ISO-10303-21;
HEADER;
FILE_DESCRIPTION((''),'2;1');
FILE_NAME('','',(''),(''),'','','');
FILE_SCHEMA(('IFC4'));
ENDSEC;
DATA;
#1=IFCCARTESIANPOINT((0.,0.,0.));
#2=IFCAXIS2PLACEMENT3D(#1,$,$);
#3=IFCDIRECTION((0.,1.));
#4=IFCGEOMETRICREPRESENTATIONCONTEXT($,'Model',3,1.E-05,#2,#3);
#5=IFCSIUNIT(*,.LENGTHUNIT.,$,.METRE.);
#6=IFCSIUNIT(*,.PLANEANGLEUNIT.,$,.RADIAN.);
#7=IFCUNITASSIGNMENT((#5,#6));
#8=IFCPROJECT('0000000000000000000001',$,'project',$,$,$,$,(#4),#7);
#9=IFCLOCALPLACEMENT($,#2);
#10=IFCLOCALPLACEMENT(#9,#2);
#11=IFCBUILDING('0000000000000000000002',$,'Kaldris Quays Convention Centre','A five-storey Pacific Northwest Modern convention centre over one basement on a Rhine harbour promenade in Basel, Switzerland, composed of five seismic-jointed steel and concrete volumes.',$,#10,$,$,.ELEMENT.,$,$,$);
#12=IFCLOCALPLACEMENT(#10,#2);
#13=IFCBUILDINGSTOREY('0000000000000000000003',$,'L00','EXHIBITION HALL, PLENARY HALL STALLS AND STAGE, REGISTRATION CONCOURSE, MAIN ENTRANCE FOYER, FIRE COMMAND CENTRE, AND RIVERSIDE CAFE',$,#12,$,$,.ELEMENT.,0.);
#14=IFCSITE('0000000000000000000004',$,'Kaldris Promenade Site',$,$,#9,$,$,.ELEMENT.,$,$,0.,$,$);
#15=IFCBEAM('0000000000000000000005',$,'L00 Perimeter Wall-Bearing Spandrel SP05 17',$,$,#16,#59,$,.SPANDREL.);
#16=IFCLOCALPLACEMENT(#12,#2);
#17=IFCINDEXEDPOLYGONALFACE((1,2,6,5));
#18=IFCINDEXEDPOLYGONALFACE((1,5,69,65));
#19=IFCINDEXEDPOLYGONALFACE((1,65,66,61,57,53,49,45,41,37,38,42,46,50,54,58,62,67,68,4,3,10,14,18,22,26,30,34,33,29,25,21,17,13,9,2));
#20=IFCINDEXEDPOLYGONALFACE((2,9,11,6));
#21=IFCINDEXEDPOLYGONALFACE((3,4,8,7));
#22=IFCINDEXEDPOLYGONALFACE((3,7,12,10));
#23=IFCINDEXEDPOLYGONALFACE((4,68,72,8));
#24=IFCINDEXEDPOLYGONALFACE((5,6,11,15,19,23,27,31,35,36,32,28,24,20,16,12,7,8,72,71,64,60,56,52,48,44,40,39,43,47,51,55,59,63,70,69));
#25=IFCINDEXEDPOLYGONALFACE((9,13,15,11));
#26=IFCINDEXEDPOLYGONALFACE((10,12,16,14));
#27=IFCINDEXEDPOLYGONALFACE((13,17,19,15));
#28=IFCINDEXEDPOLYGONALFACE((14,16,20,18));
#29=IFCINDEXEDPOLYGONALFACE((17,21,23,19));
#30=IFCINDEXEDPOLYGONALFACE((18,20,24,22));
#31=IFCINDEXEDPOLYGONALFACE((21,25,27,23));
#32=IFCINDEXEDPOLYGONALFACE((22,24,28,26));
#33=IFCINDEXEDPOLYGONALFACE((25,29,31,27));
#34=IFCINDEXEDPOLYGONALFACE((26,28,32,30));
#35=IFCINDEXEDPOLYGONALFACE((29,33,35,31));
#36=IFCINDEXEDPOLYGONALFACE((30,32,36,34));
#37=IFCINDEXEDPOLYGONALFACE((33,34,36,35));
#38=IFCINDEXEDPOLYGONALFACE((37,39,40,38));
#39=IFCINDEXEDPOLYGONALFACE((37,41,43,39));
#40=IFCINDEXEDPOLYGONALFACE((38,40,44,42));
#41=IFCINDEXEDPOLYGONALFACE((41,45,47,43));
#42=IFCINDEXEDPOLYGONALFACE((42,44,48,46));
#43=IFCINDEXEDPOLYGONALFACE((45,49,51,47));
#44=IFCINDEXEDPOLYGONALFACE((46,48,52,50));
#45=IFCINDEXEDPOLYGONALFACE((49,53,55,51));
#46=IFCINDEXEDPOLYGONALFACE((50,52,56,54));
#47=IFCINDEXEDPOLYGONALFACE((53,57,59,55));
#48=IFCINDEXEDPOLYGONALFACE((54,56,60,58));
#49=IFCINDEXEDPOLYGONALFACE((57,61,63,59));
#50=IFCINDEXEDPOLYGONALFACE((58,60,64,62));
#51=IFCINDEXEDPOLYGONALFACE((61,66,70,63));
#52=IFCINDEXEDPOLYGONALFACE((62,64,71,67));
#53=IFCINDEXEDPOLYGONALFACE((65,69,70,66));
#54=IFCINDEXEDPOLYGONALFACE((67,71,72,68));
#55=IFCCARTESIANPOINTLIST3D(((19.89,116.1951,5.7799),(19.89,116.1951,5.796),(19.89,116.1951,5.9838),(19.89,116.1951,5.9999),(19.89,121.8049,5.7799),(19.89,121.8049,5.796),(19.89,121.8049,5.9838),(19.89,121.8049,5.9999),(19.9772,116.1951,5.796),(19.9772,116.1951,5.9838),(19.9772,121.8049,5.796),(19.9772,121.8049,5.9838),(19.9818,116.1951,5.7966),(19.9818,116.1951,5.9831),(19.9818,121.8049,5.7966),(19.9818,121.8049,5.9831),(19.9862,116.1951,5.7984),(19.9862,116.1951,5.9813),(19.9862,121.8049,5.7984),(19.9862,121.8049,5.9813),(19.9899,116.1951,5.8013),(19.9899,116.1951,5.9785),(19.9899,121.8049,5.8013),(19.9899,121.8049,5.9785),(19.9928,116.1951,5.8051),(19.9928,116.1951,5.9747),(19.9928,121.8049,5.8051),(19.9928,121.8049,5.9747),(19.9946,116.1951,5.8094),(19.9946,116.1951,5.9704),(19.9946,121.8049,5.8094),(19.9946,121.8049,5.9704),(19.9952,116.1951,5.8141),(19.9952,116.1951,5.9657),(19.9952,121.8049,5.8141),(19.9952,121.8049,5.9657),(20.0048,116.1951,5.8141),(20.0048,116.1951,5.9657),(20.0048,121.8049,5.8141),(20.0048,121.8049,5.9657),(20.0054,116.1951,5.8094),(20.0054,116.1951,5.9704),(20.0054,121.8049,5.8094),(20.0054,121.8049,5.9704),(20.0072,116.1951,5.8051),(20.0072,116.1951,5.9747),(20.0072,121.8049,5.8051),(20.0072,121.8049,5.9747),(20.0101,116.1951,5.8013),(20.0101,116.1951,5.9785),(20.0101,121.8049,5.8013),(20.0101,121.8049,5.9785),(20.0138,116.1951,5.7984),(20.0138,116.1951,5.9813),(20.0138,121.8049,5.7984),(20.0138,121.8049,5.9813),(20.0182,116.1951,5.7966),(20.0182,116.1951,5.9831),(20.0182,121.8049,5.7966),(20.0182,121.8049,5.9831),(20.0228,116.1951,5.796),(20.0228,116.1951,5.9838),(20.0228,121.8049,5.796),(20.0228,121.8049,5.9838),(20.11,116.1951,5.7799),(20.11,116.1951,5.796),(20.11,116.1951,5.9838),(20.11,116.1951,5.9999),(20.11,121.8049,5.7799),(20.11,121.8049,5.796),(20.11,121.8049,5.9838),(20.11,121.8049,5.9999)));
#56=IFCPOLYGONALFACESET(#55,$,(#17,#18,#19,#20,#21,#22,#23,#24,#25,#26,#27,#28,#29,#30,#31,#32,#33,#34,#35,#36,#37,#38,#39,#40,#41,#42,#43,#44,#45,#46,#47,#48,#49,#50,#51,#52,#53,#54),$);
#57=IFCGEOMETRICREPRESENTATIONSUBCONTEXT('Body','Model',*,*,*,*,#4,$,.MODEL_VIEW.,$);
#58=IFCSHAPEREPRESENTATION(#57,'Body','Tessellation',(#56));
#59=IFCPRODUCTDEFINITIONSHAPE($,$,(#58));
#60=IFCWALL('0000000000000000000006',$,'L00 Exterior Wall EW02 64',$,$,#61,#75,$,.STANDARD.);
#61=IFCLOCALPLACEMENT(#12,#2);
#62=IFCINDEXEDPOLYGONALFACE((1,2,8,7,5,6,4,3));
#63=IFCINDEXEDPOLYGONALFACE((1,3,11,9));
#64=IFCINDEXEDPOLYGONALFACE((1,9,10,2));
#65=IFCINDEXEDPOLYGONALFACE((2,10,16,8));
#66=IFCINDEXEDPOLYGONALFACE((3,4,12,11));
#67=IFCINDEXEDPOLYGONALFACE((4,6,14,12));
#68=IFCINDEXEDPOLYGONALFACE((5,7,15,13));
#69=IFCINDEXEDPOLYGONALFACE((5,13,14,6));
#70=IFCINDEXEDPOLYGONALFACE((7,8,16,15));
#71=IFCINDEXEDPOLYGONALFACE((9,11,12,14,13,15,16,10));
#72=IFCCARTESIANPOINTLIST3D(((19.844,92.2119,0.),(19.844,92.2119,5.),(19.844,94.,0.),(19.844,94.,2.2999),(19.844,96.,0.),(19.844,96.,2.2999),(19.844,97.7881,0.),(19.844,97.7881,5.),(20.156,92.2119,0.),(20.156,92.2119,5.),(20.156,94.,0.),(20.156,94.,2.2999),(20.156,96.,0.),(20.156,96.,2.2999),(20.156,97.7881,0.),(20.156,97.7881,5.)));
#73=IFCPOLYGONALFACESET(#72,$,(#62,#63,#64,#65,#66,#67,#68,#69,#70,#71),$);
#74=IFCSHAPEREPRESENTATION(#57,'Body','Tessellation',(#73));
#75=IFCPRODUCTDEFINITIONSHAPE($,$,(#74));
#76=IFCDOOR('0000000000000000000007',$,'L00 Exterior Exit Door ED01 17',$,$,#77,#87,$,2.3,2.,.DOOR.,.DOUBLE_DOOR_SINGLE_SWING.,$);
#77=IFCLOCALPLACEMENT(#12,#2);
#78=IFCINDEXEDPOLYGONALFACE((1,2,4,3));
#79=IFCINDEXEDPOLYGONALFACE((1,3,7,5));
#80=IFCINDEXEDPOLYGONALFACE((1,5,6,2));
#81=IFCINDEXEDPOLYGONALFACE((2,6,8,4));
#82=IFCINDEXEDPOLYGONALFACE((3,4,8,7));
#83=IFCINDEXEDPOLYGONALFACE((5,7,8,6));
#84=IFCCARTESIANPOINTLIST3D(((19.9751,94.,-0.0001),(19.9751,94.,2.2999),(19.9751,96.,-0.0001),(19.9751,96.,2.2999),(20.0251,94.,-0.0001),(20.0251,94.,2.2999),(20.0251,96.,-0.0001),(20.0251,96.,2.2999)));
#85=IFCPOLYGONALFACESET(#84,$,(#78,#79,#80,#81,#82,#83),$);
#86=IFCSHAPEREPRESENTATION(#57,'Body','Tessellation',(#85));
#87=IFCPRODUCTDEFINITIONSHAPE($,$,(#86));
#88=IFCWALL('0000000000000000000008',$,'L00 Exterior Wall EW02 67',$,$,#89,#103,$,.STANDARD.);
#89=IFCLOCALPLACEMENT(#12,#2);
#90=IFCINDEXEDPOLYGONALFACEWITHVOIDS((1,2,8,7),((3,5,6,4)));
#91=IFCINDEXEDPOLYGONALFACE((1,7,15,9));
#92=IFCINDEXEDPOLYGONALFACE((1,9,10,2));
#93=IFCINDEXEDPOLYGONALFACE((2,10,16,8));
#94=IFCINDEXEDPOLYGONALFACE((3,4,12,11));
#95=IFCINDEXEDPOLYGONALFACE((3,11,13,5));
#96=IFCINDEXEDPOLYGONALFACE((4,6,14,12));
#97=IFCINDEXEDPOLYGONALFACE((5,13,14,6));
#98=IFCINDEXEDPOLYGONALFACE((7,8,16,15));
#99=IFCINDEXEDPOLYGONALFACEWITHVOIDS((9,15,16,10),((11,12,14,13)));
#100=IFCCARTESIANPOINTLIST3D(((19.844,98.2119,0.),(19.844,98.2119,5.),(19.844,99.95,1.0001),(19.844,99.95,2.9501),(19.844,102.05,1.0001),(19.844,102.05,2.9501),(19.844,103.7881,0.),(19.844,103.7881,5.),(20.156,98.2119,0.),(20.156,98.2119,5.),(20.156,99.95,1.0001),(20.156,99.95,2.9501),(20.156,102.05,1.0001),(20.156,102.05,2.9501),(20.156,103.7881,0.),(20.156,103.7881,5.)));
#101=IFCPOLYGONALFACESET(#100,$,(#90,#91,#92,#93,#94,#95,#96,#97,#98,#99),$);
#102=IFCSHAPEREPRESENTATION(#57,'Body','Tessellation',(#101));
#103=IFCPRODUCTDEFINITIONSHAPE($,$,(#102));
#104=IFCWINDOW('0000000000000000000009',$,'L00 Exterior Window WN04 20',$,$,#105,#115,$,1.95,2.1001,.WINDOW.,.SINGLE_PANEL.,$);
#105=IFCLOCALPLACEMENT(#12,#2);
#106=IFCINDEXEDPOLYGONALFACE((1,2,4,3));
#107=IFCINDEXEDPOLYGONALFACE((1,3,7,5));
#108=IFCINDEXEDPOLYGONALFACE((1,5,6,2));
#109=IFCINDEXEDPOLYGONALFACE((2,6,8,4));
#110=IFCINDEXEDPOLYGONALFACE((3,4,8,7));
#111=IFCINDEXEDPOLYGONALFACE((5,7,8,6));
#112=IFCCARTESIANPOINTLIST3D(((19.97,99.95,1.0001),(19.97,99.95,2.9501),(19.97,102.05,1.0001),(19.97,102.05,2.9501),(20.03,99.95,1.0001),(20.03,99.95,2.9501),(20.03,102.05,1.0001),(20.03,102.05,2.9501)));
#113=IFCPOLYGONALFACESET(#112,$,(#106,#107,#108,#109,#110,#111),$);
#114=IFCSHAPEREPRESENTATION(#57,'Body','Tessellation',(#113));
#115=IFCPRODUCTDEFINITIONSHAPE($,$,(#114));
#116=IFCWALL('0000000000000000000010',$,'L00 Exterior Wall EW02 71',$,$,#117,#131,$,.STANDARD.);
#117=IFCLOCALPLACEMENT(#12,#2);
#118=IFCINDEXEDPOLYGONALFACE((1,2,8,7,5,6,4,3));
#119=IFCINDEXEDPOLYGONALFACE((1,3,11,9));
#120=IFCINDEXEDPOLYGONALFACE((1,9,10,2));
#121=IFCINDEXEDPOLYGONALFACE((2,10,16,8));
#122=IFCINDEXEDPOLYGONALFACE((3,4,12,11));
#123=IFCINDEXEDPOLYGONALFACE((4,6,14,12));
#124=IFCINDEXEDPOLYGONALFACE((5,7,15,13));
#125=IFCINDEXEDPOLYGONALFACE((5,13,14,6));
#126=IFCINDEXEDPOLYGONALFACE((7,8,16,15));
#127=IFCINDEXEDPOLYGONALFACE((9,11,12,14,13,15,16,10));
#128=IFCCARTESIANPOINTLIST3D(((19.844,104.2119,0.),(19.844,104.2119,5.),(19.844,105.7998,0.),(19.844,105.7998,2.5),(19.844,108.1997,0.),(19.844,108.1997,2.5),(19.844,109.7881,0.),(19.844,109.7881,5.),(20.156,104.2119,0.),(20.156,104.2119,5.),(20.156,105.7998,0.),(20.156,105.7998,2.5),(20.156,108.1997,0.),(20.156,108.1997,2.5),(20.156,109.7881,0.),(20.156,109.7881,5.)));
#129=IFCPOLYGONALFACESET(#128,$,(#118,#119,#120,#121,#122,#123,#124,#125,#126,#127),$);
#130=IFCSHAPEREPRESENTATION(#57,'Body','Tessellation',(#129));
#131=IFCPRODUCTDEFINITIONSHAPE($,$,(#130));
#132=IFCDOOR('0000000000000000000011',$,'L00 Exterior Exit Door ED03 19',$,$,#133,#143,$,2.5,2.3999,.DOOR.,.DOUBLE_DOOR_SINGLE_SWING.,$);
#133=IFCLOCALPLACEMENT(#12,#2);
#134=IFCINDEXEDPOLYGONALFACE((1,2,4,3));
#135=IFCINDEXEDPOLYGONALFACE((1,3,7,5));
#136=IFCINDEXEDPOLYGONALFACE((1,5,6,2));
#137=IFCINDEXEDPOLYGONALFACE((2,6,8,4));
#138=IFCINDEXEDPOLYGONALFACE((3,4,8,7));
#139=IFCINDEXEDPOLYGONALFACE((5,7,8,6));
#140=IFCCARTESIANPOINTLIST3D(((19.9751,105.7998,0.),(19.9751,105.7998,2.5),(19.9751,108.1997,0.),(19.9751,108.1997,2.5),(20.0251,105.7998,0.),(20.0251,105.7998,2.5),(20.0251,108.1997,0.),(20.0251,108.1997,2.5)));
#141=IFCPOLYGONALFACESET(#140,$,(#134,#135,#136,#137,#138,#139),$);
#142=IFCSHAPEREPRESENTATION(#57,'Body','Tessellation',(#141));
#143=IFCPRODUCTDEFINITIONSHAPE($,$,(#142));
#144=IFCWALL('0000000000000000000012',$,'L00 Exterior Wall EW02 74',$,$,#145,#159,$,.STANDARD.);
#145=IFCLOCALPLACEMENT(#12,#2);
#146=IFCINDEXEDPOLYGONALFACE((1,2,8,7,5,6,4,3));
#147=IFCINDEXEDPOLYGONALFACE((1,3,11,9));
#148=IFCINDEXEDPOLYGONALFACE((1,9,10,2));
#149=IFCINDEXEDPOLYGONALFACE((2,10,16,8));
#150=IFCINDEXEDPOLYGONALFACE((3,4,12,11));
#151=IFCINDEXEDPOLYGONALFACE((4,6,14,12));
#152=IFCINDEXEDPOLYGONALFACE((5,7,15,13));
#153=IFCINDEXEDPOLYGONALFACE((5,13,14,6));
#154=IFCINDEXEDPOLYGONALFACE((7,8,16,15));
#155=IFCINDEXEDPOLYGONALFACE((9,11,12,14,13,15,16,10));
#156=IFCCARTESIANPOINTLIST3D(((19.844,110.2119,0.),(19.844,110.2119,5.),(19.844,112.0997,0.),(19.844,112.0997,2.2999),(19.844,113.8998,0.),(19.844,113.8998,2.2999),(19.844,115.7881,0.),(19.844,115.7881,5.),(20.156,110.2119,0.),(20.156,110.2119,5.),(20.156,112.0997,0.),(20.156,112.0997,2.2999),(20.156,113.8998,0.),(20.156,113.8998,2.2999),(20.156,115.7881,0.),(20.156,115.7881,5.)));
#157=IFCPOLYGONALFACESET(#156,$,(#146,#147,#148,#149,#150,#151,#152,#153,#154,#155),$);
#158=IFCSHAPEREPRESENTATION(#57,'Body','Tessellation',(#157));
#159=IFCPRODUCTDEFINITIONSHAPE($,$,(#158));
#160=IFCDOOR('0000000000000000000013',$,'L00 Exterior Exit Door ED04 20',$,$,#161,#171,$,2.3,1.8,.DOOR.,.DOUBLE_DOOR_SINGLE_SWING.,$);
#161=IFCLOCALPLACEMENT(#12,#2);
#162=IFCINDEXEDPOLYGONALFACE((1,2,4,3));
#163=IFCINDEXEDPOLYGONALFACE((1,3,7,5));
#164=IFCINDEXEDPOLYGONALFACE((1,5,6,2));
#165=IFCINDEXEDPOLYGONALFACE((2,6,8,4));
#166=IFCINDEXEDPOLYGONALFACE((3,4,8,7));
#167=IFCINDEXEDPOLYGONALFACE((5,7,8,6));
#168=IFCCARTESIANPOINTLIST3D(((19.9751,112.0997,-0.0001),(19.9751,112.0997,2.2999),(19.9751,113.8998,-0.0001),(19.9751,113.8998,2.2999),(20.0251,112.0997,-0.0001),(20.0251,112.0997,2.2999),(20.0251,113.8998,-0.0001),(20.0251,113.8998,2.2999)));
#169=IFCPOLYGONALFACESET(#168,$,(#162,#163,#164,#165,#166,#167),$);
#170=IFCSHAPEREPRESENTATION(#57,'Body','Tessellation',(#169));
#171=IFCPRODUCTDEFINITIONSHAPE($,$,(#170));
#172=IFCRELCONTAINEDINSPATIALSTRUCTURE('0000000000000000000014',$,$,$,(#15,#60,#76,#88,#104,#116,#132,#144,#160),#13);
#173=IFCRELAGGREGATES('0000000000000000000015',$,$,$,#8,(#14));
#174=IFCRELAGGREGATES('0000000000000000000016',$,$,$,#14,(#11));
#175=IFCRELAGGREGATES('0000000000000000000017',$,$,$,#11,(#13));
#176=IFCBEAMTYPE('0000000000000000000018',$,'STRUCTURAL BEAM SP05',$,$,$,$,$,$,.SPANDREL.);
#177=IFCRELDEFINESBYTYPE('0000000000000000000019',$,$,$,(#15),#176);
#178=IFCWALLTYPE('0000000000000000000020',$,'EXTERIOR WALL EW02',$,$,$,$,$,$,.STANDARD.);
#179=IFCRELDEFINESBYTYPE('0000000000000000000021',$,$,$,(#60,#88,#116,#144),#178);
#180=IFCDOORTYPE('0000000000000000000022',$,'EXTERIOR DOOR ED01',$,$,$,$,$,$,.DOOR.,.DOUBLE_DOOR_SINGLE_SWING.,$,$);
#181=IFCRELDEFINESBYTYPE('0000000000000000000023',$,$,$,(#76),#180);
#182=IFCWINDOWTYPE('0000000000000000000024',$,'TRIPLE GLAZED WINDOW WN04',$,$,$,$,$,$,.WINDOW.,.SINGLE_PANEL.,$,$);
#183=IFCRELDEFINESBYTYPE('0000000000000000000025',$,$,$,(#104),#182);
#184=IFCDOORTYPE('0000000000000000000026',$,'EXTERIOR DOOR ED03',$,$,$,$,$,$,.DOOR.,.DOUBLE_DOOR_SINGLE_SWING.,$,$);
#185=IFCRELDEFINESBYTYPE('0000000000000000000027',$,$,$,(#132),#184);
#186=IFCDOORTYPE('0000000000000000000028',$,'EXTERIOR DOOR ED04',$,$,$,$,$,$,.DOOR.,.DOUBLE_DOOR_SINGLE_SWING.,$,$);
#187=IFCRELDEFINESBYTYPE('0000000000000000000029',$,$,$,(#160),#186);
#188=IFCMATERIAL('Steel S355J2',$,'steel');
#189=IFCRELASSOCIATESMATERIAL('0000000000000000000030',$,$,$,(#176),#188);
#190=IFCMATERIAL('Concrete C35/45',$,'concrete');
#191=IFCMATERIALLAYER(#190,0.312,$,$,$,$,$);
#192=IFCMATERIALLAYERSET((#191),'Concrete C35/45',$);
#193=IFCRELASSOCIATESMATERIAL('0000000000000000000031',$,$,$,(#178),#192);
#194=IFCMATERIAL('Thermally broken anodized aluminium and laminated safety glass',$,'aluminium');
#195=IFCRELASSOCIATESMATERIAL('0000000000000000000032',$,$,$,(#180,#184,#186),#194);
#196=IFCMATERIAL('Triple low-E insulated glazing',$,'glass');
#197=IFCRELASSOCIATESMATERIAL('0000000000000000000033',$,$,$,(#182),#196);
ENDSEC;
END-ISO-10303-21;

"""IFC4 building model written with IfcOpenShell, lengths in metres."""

from ifc_helpers import new_model, si_unit, direction, frame, frame_2d, origin, origin_2d, place, context, subcontext, project, spatial, rectangle, i_section, extrude, material, layer, layer_set, material_profile, profile_set, type_object, element, fill, save


model = new_model("IFC4")

# Units and contexts
model_context = context("Model", 3, precision=1e-05, world=origin(), true_north=direction((0.0, 1.0)))
body_context = subcontext(model_context, "Body", "Model", "MODEL_VIEW")
ifc_project = project(units=[si_unit("LENGTHUNIT", "METRE"), si_unit("PLANEANGLEUNIT", "RADIAN")], contexts=[model_context])

# Site, building, storey
site_placement = place(None, origin())
site = spatial("IfcSite", under=ifc_project, at=site_placement, Name="Kaldris Promenade Site", CompositionType="ELEMENT", RefElevation=0.0)
building_placement = place(site_placement, origin())
building = spatial("IfcBuilding", under=site, at=building_placement, Name="Kaldris Quays Convention Centre", Description="A five-storey Pacific Northwest Modern convention centre over one basement on a Rhine harbour promenade in Basel, Switzerland, composed of five seismic-jointed steel and concrete volumes.", CompositionType="ELEMENT")
storey_placement = place(building_placement, origin())
storey = spatial("IfcBuildingStorey", under=building, at=storey_placement, Name="L00", Description="EXHIBITION HALL, PLENARY HALL STALLS AND STAGE, REGISTRATION CONCOURSE, MAIN ENTRANCE FOYER, FIRE COMMAND CENTRE, AND RIVERSIDE CAFE", CompositionType="ELEMENT", Elevation=0.0)

# Shared definitions
ifc_material_1 = material(Name="Steel S355J2", Category="steel")

# Beam
ifc_material_profile_1 = material_profile(ifc_material_1, i_section(OverallWidth=0.22, OverallDepth=0.22, WebThickness=0.0095, FlangeThickness=0.0161, FilletRadius=0.0181, at=origin_2d()), Name="HEB 220")
ifc_profile_set_1 = profile_set([ifc_material_profile_1], Name="Steel S355J2")
beam_type_1 = type_object("IfcBeamType", Name="STRUCTURAL BEAM SP05", PredefinedType="SPANDREL", material=ifc_profile_set_1)
for number, where, z_axis, x_axis, name in (
    (1, (20.0, 116.1951, 5.8899), (0.0, 1.0, 0.0), (-1.0, 0.0, 0.0), "L00 Perimeter Wall-Bearing Spandrel SP05 17"),
):
    element("IfcBeam", number, at=place(storey_placement, frame(where, z_axis=z_axis, x_axis=x_axis)), inside=storey, type_object=beam_type_1, Name=name, PredefinedType="SPANDREL", context=body_context, shape_type="SweptSolid", body=[
        extrude(i_section(OverallWidth=0.22, OverallDepth=0.22, WebThickness=0.0095, FlangeThickness=0.0161, FilletRadius=0.0181, at=origin_2d()), origin(), (0.0, 0.0, 1.0), 5.6099),
    ])

# Wall, opening, door
ifc_material_2 = material(Name="Concrete C35/45", Category="concrete")
ifc_layer = layer(ifc_material_2, 0.312)
ifc_layer_set = layer_set([ifc_layer], Name="Concrete C35/45")
wall_type = type_object("IfcWallType", Name="EXTERIOR WALL EW02", PredefinedType="STANDARD", material=ifc_layer_set)
wall_1_placement = place(storey_placement, frame((20.0, 92.2119, 0.0), z_axis=(0.0, 0.0, 1.0), x_axis=(0.0, 1.0, 0.0)))
wall_1 = element("IfcWall", 2, at=wall_1_placement, inside=storey, type_object=wall_type, Name="L00 Exterior Wall EW02 64", PredefinedType="STANDARD", context=body_context, shape_type="SweptSolid", body=[
    extrude(rectangle(XDim=5.5762, YDim=0.312, at=frame_2d((2.7881, 0.0))), origin(), (0.0, 0.0, 1.0), 5.0),
])
opening_1_placement = place(wall_1_placement, frame((1.7881, 0.0, 0.0)))
opening_1 = element("IfcOpeningElement", 3, at=opening_1_placement, cuts=wall_1, PredefinedType="OPENING", context=body_context, shape_type="SweptSolid", body=[
    extrude(rectangle(XDim=2.0, YDim=2.3, at=frame_2d((1.0, 1.1499))), frame((0.0, 0.166, 0.0), z_axis=(0.0, -1.0, 0.0), x_axis=(1.0, 0.0, 0.0)), (0.0, 0.0, 1.0), 0.332),
])
ifc_material_3 = material(Name="Thermally broken anodized aluminium and laminated safety glass", Category="aluminium")
door_type_1 = type_object("IfcDoorType", Name="EXTERIOR DOOR ED01", OperationType="DOUBLE_DOOR_SINGLE_SWING", PredefinedType="DOOR", material=ifc_material_3)
door_1_placement = place(opening_1_placement, origin())
door_1 = element("IfcDoor", 4, at=door_1_placement, inside=storey, type_object=door_type_1, Name="L00 Exterior Exit Door ED01 17", OperationType="DOUBLE_DOOR_SINGLE_SWING", OverallHeight=2.3, OverallWidth=2.0, PredefinedType="DOOR", context=body_context, shape_type="SweptSolid", body=[
    extrude(rectangle(XDim=2.0, YDim=2.3, at=frame_2d((1.0, 1.1499))), frame((0.0, 0.0249, 0.0), z_axis=(0.0, -1.0, 0.0), x_axis=(1.0, 0.0, 0.0)), (0.0, 0.0, 1.0), 0.05),
])
fill(opening_1, door_1)

# Wall, opening, window
wall_2_placement = place(storey_placement, frame((20.0, 98.2119, 0.0), z_axis=(0.0, 0.0, 1.0), x_axis=(0.0, 1.0, 0.0)))
wall_2 = element("IfcWall", 5, at=wall_2_placement, inside=storey, type_object=wall_type, Name="L00 Exterior Wall EW02 67", PredefinedType="STANDARD", context=body_context, shape_type="SweptSolid", body=[
    extrude(rectangle(XDim=5.5762, YDim=0.312, at=frame_2d((2.7881, 0.0))), origin(), (0.0, 0.0, 1.0), 5.0),
])
opening_2_placement = place(wall_2_placement, frame((1.738, 0.0, 1.0)))
opening_2 = element("IfcOpeningElement", 6, at=opening_2_placement, cuts=wall_2, PredefinedType="OPENING", context=body_context, shape_type="SweptSolid", body=[
    extrude(rectangle(XDim=2.1001, YDim=1.95, at=frame_2d((1.05, 0.9751))), frame((0.0, 0.166, 0.0), z_axis=(0.0, -1.0, 0.0), x_axis=(1.0, 0.0, 0.0)), (0.0, 0.0, 1.0), 0.332),
])
ifc_material_4 = material(Name="Triple low-E insulated glazing", Category="glass")
window_type_1 = type_object("IfcWindowType", Name="TRIPLE GLAZED WINDOW WN04", PartitioningType="SINGLE_PANEL", PredefinedType="WINDOW", material=ifc_material_4)
window_1_placement = place(opening_2_placement, origin())
window_1 = element("IfcWindow", 7, at=window_1_placement, inside=storey, type_object=window_type_1, Name="L00 Exterior Window WN04 20", OverallHeight=1.95, OverallWidth=2.1001, PartitioningType="SINGLE_PANEL", PredefinedType="WINDOW", context=body_context, shape_type="SweptSolid", body=[
    extrude(rectangle(XDim=2.1001, YDim=1.95, at=frame_2d((1.05, 0.9751))), frame((0.0, 0.03, 0.0), z_axis=(0.0, -1.0, 0.0), x_axis=(1.0, 0.0, 0.0)), (0.0, 0.0, 1.0), 0.0601),
])
fill(opening_2, window_1)

# Walls, openings, doors
wall_3_placement = place(storey_placement, frame((20.0, 104.2119, 0.0), z_axis=(0.0, 0.0, 1.0), x_axis=(0.0, 1.0, 0.0)))
wall_3 = element("IfcWall", 8, at=wall_3_placement, inside=storey, type_object=wall_type, Name="L00 Exterior Wall EW02 71", PredefinedType="STANDARD", context=body_context, shape_type="SweptSolid", body=[
    extrude(rectangle(XDim=5.5762, YDim=0.312, at=frame_2d((2.7881, 0.0))), origin(), (0.0, 0.0, 1.0), 5.0),
])
opening_3_placement = place(wall_3_placement, frame((1.5879, 0.0, 0.0)))
opening_3 = element("IfcOpeningElement", 9, at=opening_3_placement, cuts=wall_3, PredefinedType="OPENING", context=body_context, shape_type="SweptSolid", body=[
    extrude(rectangle(XDim=2.3999, YDim=2.5, at=frame_2d((1.2, 1.25))), frame((0.0, 0.166, 0.0), z_axis=(0.0, -1.0, 0.0), x_axis=(1.0, 0.0, 0.0)), (0.0, 0.0, 1.0), 0.332),
])
door_type_2 = type_object("IfcDoorType", Name="EXTERIOR DOOR ED03", OperationType="DOUBLE_DOOR_SINGLE_SWING", PredefinedType="DOOR", material=ifc_material_3)
door_2_placement = place(opening_3_placement, origin())
door_2 = element("IfcDoor", 10, at=door_2_placement, inside=storey, type_object=door_type_2, Name="L00 Exterior Exit Door ED03 19", OperationType="DOUBLE_DOOR_SINGLE_SWING", OverallHeight=2.5, OverallWidth=2.3999, PredefinedType="DOOR", context=body_context, shape_type="SweptSolid", body=[
    extrude(rectangle(XDim=2.3999, YDim=2.5, at=frame_2d((1.2, 1.25))), frame((0.0, 0.0249, 0.0), z_axis=(0.0, -1.0, 0.0), x_axis=(1.0, 0.0, 0.0)), (0.0, 0.0, 1.0), 0.05),
])
fill(opening_3, door_2)
wall_4_placement = place(storey_placement, frame((20.0, 110.2119, 0.0), z_axis=(0.0, 0.0, 1.0), x_axis=(0.0, 1.0, 0.0)))
wall_4 = element("IfcWall", 11, at=wall_4_placement, inside=storey, type_object=wall_type, Name="L00 Exterior Wall EW02 74", PredefinedType="STANDARD", context=body_context, shape_type="SweptSolid", body=[
    extrude(rectangle(XDim=5.5762, YDim=0.312, at=frame_2d((2.7881, 0.0))), origin(), (0.0, 0.0, 1.0), 5.0),
])
opening_4_placement = place(wall_4_placement, frame((1.8879, 0.0, 0.0)))
opening_4 = element("IfcOpeningElement", 12, at=opening_4_placement, cuts=wall_4, PredefinedType="OPENING", context=body_context, shape_type="SweptSolid", body=[
    extrude(rectangle(XDim=1.8, YDim=2.3, at=frame_2d((0.8999, 1.1499))), frame((0.0, 0.166, 0.0), z_axis=(0.0, -1.0, 0.0), x_axis=(1.0, 0.0, 0.0)), (0.0, 0.0, 1.0), 0.332),
])
door_type_3 = type_object("IfcDoorType", Name="EXTERIOR DOOR ED04", OperationType="DOUBLE_DOOR_SINGLE_SWING", PredefinedType="DOOR", material=ifc_material_3)
door_3_placement = place(opening_4_placement, origin())
door_3 = element("IfcDoor", 13, at=door_3_placement, inside=storey, type_object=door_type_3, Name="L00 Exterior Exit Door ED04 20", OperationType="DOUBLE_DOOR_SINGLE_SWING", OverallHeight=2.3, OverallWidth=1.8, PredefinedType="DOOR", context=body_context, shape_type="SweptSolid", body=[
    extrude(rectangle(XDim=1.8, YDim=2.3, at=frame_2d((0.8999, 1.1499))), frame((0.0, 0.0249, 0.0), z_axis=(0.0, -1.0, 0.0), x_axis=(1.0, 0.0, 0.0)), (0.0, 0.0, 1.0), 0.05),
])
fill(opening_4, door_3)

save(model, "model.ifc")
